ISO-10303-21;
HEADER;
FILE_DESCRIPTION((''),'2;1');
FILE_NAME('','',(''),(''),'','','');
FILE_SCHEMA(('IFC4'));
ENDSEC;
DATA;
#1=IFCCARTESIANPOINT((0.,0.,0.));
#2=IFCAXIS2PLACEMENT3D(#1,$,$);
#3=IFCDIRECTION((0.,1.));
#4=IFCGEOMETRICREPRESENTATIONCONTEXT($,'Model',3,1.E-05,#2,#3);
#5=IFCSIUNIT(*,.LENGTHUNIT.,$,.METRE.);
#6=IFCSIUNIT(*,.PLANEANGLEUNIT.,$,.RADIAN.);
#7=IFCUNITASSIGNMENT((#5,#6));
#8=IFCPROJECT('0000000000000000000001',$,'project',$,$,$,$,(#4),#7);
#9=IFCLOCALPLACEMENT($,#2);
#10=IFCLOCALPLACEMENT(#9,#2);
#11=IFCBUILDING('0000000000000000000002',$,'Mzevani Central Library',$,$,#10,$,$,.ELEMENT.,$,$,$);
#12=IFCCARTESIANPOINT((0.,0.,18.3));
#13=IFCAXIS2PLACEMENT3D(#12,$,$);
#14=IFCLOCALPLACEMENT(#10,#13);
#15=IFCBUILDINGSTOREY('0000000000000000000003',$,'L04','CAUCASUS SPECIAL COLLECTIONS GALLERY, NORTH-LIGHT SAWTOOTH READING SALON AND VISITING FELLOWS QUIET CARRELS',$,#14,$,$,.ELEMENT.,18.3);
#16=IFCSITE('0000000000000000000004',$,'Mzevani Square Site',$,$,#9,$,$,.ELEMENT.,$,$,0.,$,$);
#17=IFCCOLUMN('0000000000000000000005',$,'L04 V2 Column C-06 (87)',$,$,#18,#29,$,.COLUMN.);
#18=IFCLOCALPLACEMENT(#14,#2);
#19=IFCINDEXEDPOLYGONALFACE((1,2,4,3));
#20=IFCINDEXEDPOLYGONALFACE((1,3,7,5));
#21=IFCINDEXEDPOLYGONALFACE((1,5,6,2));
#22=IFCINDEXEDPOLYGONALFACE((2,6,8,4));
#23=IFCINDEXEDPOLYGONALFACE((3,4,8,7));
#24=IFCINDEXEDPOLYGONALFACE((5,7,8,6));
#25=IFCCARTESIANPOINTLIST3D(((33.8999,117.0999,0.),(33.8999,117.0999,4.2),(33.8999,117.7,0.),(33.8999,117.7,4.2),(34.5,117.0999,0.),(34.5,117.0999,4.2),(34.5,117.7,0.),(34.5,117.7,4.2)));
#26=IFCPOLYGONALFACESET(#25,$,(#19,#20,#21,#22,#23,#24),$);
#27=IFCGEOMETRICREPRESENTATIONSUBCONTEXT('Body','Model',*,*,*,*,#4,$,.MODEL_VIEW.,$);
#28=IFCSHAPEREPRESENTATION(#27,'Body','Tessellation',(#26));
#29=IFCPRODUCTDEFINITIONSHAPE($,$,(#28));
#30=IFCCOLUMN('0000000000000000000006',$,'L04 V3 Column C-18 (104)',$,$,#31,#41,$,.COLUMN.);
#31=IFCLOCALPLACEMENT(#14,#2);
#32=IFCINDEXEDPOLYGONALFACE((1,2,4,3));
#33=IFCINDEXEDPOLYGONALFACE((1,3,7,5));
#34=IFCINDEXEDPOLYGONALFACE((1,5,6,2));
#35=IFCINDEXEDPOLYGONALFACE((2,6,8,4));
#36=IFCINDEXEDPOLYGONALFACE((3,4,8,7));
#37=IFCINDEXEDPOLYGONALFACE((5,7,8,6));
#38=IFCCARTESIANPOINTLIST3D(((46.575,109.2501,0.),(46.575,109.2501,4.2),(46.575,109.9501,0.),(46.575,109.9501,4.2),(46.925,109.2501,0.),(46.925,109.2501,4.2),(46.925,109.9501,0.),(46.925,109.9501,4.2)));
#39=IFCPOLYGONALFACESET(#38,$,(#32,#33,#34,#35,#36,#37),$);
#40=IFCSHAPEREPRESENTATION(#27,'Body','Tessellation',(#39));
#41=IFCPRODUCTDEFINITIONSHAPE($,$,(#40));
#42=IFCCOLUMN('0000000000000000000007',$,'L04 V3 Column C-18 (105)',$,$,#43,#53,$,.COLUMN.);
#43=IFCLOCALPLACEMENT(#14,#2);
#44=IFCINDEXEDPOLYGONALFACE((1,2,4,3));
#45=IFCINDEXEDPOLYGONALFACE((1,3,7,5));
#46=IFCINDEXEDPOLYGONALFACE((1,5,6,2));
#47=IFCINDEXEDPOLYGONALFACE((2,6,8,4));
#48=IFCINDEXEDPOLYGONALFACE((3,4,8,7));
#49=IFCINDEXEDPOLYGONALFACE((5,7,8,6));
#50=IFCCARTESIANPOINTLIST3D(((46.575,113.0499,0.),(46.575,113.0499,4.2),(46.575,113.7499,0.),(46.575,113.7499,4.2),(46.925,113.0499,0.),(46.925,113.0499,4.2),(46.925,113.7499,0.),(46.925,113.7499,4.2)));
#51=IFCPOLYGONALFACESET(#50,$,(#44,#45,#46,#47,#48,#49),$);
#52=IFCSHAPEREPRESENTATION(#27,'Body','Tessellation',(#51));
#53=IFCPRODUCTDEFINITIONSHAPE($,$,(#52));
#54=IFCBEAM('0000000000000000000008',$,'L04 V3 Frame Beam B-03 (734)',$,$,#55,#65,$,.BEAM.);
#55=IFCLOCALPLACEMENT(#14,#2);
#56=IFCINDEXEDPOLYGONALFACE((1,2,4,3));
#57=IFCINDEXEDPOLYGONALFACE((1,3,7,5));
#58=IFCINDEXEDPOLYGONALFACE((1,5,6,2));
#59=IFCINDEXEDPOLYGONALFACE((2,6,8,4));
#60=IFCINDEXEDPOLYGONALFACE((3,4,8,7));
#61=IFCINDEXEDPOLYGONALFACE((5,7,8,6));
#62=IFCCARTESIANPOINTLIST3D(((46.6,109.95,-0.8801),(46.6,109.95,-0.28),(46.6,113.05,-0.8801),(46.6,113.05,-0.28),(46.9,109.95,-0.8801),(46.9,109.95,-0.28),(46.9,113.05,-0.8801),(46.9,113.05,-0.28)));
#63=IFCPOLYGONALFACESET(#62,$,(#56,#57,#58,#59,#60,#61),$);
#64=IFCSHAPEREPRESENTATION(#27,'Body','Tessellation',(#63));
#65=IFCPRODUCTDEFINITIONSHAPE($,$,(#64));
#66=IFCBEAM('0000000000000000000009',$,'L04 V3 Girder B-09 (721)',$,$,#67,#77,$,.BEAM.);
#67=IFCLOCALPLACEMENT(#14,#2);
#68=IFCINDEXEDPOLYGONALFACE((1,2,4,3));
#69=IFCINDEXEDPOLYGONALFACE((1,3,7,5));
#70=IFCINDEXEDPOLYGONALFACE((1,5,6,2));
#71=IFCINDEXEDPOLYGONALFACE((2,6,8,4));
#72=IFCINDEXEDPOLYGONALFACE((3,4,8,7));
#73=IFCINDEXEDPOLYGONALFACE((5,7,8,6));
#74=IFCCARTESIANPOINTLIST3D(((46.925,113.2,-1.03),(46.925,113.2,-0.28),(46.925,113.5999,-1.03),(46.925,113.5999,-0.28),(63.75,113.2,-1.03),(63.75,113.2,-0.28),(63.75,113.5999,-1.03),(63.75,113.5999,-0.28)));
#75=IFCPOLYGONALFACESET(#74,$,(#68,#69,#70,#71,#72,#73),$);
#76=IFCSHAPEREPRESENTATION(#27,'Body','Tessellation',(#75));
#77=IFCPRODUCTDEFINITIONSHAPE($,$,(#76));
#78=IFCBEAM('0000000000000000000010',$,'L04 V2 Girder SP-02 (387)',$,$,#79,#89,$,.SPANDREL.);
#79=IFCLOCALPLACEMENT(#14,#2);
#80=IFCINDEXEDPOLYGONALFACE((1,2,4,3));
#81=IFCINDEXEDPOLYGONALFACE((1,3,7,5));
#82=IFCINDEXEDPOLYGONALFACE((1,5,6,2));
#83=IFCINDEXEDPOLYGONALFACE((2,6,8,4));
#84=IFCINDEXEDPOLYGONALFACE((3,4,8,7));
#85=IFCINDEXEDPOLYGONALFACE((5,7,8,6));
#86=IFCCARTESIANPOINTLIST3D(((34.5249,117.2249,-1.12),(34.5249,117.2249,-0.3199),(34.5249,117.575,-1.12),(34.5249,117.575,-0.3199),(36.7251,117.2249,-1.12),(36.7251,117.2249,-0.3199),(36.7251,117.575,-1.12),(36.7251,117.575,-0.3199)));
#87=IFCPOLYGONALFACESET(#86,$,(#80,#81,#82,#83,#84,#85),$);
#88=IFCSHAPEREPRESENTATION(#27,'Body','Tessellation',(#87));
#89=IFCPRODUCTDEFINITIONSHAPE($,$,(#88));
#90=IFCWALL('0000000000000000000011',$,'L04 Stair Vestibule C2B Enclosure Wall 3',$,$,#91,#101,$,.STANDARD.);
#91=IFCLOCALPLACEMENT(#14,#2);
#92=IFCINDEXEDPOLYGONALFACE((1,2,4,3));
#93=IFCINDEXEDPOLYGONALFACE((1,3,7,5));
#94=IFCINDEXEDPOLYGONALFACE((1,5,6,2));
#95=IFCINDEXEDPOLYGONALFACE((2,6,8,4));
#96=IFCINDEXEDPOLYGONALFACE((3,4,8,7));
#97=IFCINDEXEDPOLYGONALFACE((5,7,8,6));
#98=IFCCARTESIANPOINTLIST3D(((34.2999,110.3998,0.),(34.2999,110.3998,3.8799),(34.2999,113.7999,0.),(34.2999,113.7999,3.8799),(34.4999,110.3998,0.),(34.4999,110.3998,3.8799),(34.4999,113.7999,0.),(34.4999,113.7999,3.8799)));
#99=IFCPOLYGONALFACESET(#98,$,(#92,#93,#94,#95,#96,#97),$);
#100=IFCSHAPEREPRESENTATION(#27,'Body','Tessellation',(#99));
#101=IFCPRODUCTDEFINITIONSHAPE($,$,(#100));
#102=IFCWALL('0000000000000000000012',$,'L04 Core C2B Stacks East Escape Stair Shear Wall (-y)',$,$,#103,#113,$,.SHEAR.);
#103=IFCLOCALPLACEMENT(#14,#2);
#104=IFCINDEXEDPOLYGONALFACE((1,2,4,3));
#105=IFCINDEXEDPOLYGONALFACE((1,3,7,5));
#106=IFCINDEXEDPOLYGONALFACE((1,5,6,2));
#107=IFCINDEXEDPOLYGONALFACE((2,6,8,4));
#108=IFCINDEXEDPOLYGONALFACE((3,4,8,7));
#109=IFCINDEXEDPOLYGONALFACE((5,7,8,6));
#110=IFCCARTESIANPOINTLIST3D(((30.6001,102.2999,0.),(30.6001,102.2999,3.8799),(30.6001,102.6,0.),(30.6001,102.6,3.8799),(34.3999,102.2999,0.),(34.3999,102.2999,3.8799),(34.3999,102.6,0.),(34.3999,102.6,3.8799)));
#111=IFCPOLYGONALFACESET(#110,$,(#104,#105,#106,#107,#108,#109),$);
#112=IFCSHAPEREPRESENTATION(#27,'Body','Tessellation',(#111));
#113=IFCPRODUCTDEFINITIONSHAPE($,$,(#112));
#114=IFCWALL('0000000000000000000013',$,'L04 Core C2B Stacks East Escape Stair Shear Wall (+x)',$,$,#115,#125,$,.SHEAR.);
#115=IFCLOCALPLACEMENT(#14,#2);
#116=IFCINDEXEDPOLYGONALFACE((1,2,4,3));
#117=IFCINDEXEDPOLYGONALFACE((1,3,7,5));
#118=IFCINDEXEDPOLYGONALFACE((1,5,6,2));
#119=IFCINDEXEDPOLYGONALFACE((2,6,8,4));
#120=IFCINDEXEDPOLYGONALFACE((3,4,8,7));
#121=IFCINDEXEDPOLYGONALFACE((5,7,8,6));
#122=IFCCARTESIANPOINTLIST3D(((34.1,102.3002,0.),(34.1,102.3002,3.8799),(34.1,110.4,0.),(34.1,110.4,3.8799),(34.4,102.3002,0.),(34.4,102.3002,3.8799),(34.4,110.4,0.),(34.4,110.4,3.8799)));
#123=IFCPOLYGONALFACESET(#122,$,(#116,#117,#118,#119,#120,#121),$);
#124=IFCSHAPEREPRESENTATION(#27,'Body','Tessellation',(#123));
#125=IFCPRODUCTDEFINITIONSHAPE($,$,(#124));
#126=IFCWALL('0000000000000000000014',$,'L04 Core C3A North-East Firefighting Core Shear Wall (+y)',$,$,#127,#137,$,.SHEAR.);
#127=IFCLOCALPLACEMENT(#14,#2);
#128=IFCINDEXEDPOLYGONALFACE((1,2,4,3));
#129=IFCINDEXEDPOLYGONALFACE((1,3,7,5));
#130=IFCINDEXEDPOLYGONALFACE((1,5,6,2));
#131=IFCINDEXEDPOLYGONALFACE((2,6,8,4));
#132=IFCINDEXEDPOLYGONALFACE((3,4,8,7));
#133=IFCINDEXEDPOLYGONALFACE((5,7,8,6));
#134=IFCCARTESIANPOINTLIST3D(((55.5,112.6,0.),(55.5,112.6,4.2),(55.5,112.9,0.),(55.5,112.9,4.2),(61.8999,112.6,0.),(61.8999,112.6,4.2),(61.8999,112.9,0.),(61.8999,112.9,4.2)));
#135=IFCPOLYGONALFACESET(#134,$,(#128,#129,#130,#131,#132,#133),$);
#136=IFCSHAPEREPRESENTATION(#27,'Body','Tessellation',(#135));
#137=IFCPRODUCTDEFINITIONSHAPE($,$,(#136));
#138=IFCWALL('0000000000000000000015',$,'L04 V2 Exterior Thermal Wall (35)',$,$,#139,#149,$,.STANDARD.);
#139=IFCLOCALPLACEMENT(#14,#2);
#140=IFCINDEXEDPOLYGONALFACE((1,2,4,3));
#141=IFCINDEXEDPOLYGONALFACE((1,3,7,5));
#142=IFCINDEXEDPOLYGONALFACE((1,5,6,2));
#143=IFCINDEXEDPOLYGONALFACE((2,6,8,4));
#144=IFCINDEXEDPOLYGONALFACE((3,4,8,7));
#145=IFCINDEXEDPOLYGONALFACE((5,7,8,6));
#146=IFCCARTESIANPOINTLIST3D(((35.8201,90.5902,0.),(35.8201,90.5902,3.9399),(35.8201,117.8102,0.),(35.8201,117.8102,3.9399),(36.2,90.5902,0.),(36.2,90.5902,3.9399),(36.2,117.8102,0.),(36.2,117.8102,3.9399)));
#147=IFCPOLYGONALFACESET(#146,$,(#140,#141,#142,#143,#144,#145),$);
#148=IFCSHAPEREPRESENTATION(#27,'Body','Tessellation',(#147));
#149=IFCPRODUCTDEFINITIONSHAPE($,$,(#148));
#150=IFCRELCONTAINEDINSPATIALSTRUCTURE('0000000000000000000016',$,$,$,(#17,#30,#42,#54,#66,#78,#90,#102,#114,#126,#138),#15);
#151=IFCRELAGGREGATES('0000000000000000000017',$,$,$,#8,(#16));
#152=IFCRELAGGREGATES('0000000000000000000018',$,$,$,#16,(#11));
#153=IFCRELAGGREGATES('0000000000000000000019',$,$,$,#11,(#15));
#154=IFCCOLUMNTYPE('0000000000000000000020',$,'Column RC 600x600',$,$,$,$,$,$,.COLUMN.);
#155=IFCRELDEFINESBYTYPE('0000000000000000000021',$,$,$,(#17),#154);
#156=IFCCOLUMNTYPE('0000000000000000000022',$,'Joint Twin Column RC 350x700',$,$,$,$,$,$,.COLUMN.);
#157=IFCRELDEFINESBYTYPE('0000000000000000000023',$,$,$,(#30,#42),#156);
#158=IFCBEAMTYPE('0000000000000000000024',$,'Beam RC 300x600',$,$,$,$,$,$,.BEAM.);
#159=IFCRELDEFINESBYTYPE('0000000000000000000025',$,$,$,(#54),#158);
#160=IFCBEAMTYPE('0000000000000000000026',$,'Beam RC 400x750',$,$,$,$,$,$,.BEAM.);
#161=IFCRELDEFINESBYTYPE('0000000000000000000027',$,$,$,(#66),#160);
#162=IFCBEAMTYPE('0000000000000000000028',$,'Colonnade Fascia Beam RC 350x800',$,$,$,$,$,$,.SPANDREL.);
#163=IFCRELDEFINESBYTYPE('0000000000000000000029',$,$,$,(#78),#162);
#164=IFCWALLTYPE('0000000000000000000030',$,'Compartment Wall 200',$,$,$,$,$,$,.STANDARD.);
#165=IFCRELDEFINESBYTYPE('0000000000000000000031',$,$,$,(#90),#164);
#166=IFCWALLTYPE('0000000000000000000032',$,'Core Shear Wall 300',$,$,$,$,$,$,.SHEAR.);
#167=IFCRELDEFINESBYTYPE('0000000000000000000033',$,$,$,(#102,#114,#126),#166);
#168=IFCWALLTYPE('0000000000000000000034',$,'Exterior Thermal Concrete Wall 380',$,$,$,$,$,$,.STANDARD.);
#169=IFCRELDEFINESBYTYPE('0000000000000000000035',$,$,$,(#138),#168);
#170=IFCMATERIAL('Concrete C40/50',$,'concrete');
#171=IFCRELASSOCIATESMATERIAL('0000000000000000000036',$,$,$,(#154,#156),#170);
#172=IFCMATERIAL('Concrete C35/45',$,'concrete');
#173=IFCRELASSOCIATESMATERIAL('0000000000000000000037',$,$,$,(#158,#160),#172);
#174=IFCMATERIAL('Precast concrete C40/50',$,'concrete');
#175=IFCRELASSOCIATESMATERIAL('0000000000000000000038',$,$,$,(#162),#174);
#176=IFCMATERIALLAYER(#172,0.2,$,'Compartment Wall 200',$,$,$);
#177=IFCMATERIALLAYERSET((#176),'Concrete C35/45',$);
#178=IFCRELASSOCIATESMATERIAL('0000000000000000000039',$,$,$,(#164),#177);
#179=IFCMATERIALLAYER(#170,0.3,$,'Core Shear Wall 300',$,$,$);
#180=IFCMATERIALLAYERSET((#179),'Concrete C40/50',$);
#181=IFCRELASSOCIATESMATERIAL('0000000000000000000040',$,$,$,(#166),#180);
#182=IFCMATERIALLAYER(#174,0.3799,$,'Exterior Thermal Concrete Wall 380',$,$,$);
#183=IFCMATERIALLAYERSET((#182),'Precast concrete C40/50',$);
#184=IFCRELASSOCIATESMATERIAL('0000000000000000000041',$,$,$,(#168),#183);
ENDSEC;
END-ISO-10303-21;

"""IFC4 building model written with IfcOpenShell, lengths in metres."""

from ifc_helpers import new_model, si_unit, direction, frame, frame_2d, origin, origin_2d, place, context, subcontext, project, spatial, rectangle, extrude, material, layer, layer_set, material_profile, profile_set, type_object, element, save


model = new_model("IFC4")

# Units and contexts
model_context = context("Model", 3, precision=1e-05, world=origin(), true_north=direction((0.0, 1.0)))
body_context = subcontext(model_context, "Body", "Model", "MODEL_VIEW")
ifc_project = project(units=[si_unit("LENGTHUNIT", "METRE"), si_unit("PLANEANGLEUNIT", "RADIAN")], contexts=[model_context])

# Site, building, storey
site_placement = place(None, origin())
site = spatial("IfcSite", under=ifc_project, at=site_placement, Name="Mzevani Square Site", CompositionType="ELEMENT", RefElevation=0.0)
building_placement = place(site_placement, origin())
building = spatial("IfcBuilding", under=site, at=building_placement, Name="Mzevani Central Library", CompositionType="ELEMENT")
storey_placement = place(building_placement, frame((0.0, 0.0, 18.3)))
storey = spatial("IfcBuildingStorey", under=building, at=storey_placement, Name="L04", Description="CAUCASUS SPECIAL COLLECTIONS GALLERY, NORTH-LIGHT SAWTOOTH READING SALON AND VISITING FELLOWS QUIET CARRELS", CompositionType="ELEMENT", Elevation=18.3)

# Columns
ifc_material_1 = material(Name="Concrete C40/50", Category="concrete")
ifc_material_profile_1 = material_profile(ifc_material_1, rectangle(XDim=0.6001, YDim=0.6001, at=origin_2d()), Name="RC 600x600")
ifc_profile_set_1 = profile_set([ifc_material_profile_1], Name="Concrete C40/50")
column_type_1 = type_object("IfcColumnType", Name="Column RC 600x600", PredefinedType="COLUMN", material=ifc_profile_set_1)
column_placement = place(storey_placement, frame((34.2, 117.3999, 0.0), z_axis=(0.0, 0.0, 1.0), x_axis=(1.0, 0.0, 0.0)))
element("IfcColumn", 1, at=column_placement, inside=storey, type_object=column_type_1, Name="L04 V2 Column C-06 (87)", PredefinedType="COLUMN", context=body_context, shape_type="SweptSolid", body=[
    extrude(rectangle(XDim=0.6001, YDim=0.6001, at=origin_2d()), origin(), (0.0, 0.0, 1.0), 4.2),
])
ifc_material_profile_2 = material_profile(ifc_material_1, rectangle(XDim=0.3501, YDim=0.7, at=origin_2d()), Name="RC 350x700")
ifc_profile_set_2 = profile_set([ifc_material_profile_2], Name="Concrete C40/50")
column_type_2 = type_object("IfcColumnType", Name="Joint Twin Column RC 350x700", PredefinedType="COLUMN", material=ifc_profile_set_2)
for number, where, z_axis, x_axis, name in (
    (2, (46.75, 109.6001, 0.0), (0.0, 0.0, 1.0), (1.0, 0.0, 0.0), "L04 V3 Column C-18 (104)"),
    (3, (46.75, 113.3999, 0.0), (0.0, 0.0, 1.0), (1.0, 0.0, 0.0), "L04 V3 Column C-18 (105)"),
):
    element("IfcColumn", number, at=place(storey_placement, frame(where, z_axis=z_axis, x_axis=x_axis)), inside=storey, type_object=column_type_2, Name=name, PredefinedType="COLUMN", context=body_context, shape_type="SweptSolid", body=[
        extrude(rectangle(XDim=0.3501, YDim=0.7, at=origin_2d()), origin(), (0.0, 0.0, 1.0), 4.2),
    ])

# Beams
ifc_material_2 = material(Name="Concrete C35/45", Category="concrete")
ifc_material_profile_3 = material_profile(ifc_material_2, rectangle(XDim=0.3, YDim=0.6001, at=origin_2d()), Name="RC B300x600")
ifc_profile_set_3 = profile_set([ifc_material_profile_3], Name="Concrete C35/45")
beam_type_1 = type_object("IfcBeamType", Name="Beam RC 300x600", PredefinedType="BEAM", material=ifc_profile_set_3)
beam_1_placement = place(storey_placement, frame((46.75, 109.95, -0.5801), z_axis=(0.0, 1.0, 0.0), x_axis=(-1.0, 0.0, 0.0)))
element("IfcBeam", 4, at=beam_1_placement, inside=storey, type_object=beam_type_1, Name="L04 V3 Frame Beam B-03 (734)", PredefinedType="BEAM", context=body_context, shape_type="SweptSolid", body=[
    extrude(rectangle(XDim=0.3, YDim=0.6001, at=origin_2d()), origin(), (0.0, 0.0, 1.0), 3.1001),
])
ifc_material_profile_4 = material_profile(ifc_material_2, rectangle(XDim=0.3999, YDim=0.75, at=origin_2d()), Name="RC B400x750")
ifc_profile_set_4 = profile_set([ifc_material_profile_4], Name="Concrete C35/45")
beam_type_2 = type_object("IfcBeamType", Name="Beam RC 400x750", PredefinedType="BEAM", material=ifc_profile_set_4)
beam_2_placement = place(storey_placement, frame((46.925, 113.3999, -0.655), z_axis=(1.0, 0.0, 0.0), x_axis=(0.0, 1.0, 0.0)))
element("IfcBeam", 5, at=beam_2_placement, inside=storey, type_object=beam_type_2, Name="L04 V3 Girder B-09 (721)", PredefinedType="BEAM", context=body_context, shape_type="SweptSolid", body=[
    extrude(rectangle(XDim=0.3999, YDim=0.75, at=origin_2d()), origin(), (0.0, 0.0, 1.0), 16.825),
])
ifc_material_3 = material(Name="Precast concrete C40/50", Category="concrete")
ifc_material_profile_5 = material_profile(ifc_material_3, rectangle(XDim=0.3501, YDim=0.8, at=origin_2d()), Name="RC SP350x800")
ifc_profile_set_5 = profile_set([ifc_material_profile_5], Name="Precast concrete C40/50")
beam_type_3 = type_object("IfcBeamType", Name="Colonnade Fascia Beam RC 350x800", PredefinedType="SPANDREL", material=ifc_profile_set_5)
beam_3_placement = place(storey_placement, frame((34.5249, 117.3999, -0.72), z_axis=(1.0, 0.0, 0.0), x_axis=(0.0, 1.0, 0.0)))
element("IfcBeam", 6, at=beam_3_placement, inside=storey, type_object=beam_type_3, Name="L04 V2 Girder SP-02 (387)", PredefinedType="SPANDREL", context=body_context, shape_type="SweptSolid", body=[
    extrude(rectangle(XDim=0.3501, YDim=0.8, at=origin_2d()), origin(), (0.0, 0.0, 1.0), 2.2002),
])

# Walls
ifc_layer_1 = layer(ifc_material_2, 0.2, Name="Compartment Wall 200")
ifc_layer_set_1 = layer_set([ifc_layer_1], Name="Concrete C35/45")
wall_type_1 = type_object("IfcWallType", Name="Compartment Wall 200", PredefinedType="STANDARD", material=ifc_layer_set_1)
wall_1_placement = place(storey_placement, frame((34.3999, 113.8, 0.0), z_axis=(0.0, 0.0, 1.0), x_axis=(0.0, -1.0, 0.0)))
element("IfcWall", 7, at=wall_1_placement, inside=storey, type_object=wall_type_1, Name="L04 Stair Vestibule C2B Enclosure Wall 3", PredefinedType="STANDARD", context=body_context, shape_type="SweptSolid", body=[
    extrude(rectangle(XDim=3.4001, YDim=0.2, at=frame_2d((1.7002, 0.0))), origin(), (0.0, 0.0, 1.0), 3.8799),
])
ifc_layer_2 = layer(ifc_material_1, 0.3, Name="Core Shear Wall 300")
ifc_layer_set_2 = layer_set([ifc_layer_2], Name="Concrete C40/50")
wall_type_2 = type_object("IfcWallType", Name="Core Shear Wall 300", PredefinedType="SHEAR", material=ifc_layer_set_2)
wall_2_placement = place(storey_placement, frame((34.3999, 102.45, 0.0), z_axis=(0.0, 0.0, 1.0), x_axis=(-1.0, 0.0, 0.0)))
element("IfcWall", 8, at=wall_2_placement, inside=storey, type_object=wall_type_2, Name="L04 Core C2B Stacks East Escape Stair Shear Wall (-y)", PredefinedType="SHEAR", context=body_context, shape_type="SweptSolid", body=[
    extrude(rectangle(XDim=3.7998, YDim=0.3, at=frame_2d((1.8999, 0.0))), origin(), (0.0, 0.0, 1.0), 3.8799),
])
wall_3_placement = place(storey_placement, frame((34.25, 110.3999, 0.0), z_axis=(0.0, 0.0, 1.0), x_axis=(0.0, -1.0, 0.0)))
element("IfcWall", 9, at=wall_3_placement, inside=storey, type_object=wall_type_2, Name="L04 Core C2B Stacks East Escape Stair Shear Wall (+x)", PredefinedType="SHEAR", context=body_context, shape_type="SweptSolid", body=[
    extrude(rectangle(XDim=8.0999, YDim=0.3, at=frame_2d((4.0498, 0.0))), origin(), (0.0, 0.0, 1.0), 3.8799),
])
wall_4_placement = place(storey_placement, frame((55.5, 112.75, 0.0), z_axis=(0.0, 0.0, 1.0), x_axis=(1.0, 0.0, 0.0)))
element("IfcWall", 10, at=wall_4_placement, inside=storey, type_object=wall_type_2, Name="L04 Core C3A North-East Firefighting Core Shear Wall (+y)", PredefinedType="SHEAR", context=body_context, shape_type="SweptSolid", body=[
    extrude(rectangle(XDim=6.3999, YDim=0.3, at=frame_2d((3.2, 0.0))), origin(), (0.0, 0.0, 1.0), 4.2),
])
ifc_layer_3 = layer(ifc_material_3, 0.3799, Name="Exterior Thermal Concrete Wall 380")
ifc_layer_set_3 = layer_set([ifc_layer_3], Name="Precast concrete C40/50")
wall_type_3 = type_object("IfcWallType", Name="Exterior Thermal Concrete Wall 380", PredefinedType="STANDARD", material=ifc_layer_set_3)
wall_5_placement = place(storey_placement, frame((36.01, 117.8101, 0.0), z_axis=(0.0, 0.0, 1.0), x_axis=(0.0, -1.0, 0.0)))
element("IfcWall", 11, at=wall_5_placement, inside=storey, type_object=wall_type_3, Name="L04 V2 Exterior Thermal Wall (35)", PredefinedType="STANDARD", context=body_context, shape_type="SweptSolid", body=[
    extrude(rectangle(XDim=27.22, YDim=0.3799, at=frame_2d((13.6099, 0.0))), origin(), (0.0, 0.0, 1.0), 3.9399),
])

save(model, "model.ifc")
